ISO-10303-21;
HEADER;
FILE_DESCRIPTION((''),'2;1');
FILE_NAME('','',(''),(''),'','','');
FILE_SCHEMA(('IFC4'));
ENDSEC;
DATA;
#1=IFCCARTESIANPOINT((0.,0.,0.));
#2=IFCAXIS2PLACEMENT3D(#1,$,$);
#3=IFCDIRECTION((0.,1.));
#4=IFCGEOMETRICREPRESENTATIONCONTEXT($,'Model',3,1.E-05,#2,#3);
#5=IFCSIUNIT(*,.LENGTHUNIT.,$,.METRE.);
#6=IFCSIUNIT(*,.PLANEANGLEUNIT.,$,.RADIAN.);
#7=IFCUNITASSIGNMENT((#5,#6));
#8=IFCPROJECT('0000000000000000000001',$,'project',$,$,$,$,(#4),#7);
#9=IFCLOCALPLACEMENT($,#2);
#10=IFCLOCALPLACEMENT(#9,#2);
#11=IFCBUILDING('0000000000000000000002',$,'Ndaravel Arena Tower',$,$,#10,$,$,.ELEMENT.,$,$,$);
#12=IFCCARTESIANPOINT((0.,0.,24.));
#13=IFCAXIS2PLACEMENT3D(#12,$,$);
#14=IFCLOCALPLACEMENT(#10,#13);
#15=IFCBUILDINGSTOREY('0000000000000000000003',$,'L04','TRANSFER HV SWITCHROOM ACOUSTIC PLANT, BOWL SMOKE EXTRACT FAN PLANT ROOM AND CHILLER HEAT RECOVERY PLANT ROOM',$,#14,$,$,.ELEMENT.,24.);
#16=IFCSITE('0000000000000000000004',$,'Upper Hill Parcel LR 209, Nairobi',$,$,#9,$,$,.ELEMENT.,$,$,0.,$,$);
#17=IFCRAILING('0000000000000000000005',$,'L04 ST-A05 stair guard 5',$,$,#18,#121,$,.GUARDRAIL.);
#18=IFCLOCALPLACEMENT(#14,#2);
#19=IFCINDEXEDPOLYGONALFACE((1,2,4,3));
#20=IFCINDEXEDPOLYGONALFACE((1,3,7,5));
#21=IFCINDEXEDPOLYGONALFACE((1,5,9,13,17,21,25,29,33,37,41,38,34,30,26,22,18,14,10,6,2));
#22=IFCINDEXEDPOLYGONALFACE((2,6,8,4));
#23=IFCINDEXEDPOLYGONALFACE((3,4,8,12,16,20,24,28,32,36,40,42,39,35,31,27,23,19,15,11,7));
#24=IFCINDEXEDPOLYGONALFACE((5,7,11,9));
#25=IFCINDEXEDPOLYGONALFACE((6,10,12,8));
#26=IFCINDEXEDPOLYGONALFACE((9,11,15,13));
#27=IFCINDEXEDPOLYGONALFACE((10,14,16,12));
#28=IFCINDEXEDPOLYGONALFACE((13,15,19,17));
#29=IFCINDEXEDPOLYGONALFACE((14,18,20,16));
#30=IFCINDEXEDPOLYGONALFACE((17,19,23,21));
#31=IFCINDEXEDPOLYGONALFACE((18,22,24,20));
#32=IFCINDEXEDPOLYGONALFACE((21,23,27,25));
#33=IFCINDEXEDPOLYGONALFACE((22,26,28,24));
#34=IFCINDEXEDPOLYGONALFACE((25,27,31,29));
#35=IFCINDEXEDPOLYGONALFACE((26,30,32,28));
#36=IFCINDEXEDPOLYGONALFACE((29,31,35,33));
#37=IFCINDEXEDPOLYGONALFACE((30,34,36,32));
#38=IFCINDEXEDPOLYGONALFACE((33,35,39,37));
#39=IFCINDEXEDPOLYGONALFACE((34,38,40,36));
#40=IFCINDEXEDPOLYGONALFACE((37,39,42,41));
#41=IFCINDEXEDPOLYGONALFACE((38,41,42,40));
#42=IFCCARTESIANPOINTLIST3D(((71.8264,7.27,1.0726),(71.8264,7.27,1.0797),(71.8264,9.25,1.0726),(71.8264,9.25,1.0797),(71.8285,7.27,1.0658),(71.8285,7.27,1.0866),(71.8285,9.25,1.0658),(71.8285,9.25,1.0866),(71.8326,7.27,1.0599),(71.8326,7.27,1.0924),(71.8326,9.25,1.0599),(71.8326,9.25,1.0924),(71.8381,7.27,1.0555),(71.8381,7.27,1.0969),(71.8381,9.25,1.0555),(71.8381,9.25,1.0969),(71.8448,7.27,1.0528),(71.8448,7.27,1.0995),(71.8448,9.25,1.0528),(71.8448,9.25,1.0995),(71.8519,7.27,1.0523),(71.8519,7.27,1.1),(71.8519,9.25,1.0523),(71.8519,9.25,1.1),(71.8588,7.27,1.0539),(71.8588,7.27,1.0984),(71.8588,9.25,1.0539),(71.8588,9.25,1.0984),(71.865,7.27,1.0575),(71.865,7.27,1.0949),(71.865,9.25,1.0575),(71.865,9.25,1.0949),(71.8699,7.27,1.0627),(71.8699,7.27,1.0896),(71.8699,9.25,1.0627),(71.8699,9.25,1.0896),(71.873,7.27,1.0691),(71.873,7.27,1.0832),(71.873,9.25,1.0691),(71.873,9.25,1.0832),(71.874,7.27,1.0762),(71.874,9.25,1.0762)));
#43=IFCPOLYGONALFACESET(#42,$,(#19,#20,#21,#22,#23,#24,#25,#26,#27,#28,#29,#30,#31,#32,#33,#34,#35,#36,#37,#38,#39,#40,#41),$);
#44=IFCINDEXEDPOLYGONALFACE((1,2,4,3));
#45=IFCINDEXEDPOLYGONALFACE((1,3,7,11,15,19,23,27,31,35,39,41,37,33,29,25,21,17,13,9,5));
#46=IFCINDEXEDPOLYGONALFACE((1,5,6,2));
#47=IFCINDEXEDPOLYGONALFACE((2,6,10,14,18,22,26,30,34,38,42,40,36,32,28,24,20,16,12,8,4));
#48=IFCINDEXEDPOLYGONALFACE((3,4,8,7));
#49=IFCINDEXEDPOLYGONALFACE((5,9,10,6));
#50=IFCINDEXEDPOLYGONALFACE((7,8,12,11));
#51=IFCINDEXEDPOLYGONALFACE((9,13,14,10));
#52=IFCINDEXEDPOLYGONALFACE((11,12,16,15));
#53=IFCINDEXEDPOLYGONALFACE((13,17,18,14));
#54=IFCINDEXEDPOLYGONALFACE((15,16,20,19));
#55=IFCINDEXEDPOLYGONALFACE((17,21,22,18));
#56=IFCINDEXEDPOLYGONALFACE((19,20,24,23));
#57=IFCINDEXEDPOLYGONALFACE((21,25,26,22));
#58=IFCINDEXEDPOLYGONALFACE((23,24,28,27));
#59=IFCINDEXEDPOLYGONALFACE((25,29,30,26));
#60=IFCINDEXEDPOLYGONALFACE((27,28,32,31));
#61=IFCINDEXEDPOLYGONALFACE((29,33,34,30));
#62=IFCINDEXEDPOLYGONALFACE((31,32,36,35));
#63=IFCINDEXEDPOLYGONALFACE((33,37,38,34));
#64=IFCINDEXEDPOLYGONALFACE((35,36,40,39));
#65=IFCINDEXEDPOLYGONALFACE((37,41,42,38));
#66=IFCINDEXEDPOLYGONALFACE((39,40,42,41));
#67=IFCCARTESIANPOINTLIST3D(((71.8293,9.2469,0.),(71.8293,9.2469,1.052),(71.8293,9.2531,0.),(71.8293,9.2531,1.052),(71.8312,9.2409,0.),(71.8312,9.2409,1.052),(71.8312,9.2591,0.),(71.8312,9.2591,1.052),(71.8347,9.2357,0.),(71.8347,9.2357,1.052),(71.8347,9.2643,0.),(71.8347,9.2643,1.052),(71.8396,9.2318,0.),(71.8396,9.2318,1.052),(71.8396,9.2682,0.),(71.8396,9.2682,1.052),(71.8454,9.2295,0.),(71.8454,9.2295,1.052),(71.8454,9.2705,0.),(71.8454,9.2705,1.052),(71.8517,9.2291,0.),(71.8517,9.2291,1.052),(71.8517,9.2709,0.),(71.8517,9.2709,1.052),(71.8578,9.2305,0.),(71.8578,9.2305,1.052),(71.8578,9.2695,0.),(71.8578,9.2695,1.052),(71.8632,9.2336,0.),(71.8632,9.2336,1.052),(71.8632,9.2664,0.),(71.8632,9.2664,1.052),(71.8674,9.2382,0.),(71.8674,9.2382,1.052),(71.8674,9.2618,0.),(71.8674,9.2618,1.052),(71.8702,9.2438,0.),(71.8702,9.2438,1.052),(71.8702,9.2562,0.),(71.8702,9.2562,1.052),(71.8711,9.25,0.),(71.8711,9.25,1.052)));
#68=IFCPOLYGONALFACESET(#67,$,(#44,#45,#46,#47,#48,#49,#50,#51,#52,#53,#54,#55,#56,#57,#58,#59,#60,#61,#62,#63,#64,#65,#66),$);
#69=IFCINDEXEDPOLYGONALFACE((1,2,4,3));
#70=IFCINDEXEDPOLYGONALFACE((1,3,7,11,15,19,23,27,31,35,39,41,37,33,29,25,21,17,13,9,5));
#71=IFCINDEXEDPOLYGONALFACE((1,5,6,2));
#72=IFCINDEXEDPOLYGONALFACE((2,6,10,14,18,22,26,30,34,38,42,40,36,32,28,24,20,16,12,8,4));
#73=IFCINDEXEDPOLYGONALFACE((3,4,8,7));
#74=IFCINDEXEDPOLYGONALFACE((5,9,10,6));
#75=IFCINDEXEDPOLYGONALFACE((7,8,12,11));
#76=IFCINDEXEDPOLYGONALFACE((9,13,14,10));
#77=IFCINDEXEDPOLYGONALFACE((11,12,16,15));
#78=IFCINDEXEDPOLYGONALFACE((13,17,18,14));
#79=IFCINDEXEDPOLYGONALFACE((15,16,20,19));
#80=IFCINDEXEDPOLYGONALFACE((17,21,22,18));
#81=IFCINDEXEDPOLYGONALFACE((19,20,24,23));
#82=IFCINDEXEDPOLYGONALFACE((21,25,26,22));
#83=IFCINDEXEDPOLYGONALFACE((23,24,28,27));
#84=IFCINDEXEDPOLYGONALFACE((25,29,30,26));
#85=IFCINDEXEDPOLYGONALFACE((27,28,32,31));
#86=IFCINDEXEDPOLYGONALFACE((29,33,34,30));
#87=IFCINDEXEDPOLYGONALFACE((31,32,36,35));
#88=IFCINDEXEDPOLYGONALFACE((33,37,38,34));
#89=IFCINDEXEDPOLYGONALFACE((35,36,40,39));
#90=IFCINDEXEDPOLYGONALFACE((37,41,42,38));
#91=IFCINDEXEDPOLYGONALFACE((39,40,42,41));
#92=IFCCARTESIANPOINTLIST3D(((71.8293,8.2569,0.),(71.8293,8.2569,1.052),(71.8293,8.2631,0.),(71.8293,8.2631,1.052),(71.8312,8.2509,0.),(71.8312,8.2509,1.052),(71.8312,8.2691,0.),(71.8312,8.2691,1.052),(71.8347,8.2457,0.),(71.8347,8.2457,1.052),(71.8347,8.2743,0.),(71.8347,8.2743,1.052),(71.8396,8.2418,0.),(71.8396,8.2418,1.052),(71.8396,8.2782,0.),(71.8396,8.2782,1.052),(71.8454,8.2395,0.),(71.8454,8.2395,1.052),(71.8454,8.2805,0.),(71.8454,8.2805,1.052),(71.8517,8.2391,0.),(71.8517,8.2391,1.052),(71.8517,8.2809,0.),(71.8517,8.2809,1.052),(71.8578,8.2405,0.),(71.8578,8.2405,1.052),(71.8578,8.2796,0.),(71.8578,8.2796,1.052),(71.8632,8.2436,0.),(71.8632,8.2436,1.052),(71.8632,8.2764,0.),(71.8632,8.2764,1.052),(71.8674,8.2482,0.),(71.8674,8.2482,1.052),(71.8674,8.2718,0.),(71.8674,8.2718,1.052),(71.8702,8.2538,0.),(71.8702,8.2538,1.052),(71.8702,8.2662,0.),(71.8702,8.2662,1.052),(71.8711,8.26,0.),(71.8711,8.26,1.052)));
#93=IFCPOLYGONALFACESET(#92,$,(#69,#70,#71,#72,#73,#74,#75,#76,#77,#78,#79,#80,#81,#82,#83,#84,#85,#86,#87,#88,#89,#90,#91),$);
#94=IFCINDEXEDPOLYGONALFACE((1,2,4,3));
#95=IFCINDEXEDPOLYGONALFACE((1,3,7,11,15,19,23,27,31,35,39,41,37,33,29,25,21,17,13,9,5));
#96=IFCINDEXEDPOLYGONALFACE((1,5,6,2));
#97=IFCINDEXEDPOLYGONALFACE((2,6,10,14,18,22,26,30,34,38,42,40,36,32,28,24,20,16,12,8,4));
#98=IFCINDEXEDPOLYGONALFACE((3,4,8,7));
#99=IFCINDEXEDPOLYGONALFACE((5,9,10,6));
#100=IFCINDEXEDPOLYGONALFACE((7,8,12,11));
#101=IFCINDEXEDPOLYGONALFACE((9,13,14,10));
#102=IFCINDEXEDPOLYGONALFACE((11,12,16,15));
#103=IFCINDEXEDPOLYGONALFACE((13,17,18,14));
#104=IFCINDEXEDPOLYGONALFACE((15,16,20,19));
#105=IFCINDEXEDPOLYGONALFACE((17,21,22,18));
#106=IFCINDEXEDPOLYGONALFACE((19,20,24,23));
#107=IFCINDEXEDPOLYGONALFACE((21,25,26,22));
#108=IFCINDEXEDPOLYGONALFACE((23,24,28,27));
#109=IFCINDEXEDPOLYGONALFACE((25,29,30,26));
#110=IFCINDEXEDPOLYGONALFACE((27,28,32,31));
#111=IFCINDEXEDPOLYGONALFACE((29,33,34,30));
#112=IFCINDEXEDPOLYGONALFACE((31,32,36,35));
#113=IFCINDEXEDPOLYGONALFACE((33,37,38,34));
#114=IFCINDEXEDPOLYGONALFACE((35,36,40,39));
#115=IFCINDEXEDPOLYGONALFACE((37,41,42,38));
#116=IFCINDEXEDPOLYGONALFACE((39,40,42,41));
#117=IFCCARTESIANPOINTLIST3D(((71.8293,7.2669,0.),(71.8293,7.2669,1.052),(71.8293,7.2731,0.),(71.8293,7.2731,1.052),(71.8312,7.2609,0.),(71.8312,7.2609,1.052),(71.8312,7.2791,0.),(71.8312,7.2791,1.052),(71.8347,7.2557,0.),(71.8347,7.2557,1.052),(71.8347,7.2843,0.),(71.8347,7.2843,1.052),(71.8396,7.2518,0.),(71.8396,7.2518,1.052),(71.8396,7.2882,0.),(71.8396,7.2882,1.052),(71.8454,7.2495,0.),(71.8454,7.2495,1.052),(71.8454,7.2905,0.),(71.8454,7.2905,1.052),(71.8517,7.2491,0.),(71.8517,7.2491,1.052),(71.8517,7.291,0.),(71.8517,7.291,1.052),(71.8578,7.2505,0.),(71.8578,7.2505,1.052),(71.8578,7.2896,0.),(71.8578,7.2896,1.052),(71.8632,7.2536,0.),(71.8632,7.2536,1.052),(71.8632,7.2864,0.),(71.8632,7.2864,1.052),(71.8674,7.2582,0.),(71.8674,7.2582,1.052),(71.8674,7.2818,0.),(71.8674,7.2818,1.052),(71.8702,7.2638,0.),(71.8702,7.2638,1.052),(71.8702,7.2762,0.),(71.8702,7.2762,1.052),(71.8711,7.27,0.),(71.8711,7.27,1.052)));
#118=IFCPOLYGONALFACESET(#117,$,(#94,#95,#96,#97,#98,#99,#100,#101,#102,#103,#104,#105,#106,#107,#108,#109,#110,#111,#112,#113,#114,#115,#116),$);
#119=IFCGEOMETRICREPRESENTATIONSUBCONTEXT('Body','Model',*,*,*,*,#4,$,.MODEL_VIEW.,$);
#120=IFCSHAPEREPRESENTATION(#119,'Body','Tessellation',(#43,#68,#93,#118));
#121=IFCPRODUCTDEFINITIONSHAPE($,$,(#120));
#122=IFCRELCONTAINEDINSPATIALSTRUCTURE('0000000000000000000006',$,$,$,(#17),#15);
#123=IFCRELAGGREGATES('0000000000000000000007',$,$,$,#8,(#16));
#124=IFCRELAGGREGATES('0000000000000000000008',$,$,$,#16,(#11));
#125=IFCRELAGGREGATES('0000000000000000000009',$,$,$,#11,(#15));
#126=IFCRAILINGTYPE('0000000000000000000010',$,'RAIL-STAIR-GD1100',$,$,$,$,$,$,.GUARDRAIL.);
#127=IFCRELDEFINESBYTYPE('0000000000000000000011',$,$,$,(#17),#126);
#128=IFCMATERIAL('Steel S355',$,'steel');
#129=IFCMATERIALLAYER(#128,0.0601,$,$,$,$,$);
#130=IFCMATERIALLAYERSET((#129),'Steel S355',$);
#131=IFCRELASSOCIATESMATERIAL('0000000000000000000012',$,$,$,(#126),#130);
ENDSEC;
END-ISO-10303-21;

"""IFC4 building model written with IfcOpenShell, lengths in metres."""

from ifc_helpers import new_model, si_unit, direction, frame, origin, origin_2d, place, context, subcontext, project, spatial, circle, extrude, material, layer, layer_set, type_object, element, save


model = new_model("IFC4")

# Units and contexts
model_context = context("Model", 3, precision=1e-05, world=origin(), true_north=direction((0.0, 1.0)))
body_context = subcontext(model_context, "Body", "Model", "MODEL_VIEW")
ifc_project = project(units=[si_unit("LENGTHUNIT", "METRE"), si_unit("PLANEANGLEUNIT", "RADIAN")], contexts=[model_context])

# Site, building, storey
site_placement = place(None, origin())
site = spatial("IfcSite", under=ifc_project, at=site_placement, Name="Upper Hill Parcel LR 209, Nairobi", CompositionType="ELEMENT", RefElevation=0.0)
building_placement = place(site_placement, origin())
building = spatial("IfcBuilding", under=site, at=building_placement, Name="Ndaravel Arena Tower", CompositionType="ELEMENT")
storey_placement = place(building_placement, frame((0.0, 0.0, 24.0)))
storey = spatial("IfcBuildingStorey", under=building, at=storey_placement, Name="L04", Description="TRANSFER HV SWITCHROOM ACOUSTIC PLANT, BOWL SMOKE EXTRACT FAN PLANT ROOM AND CHILLER HEAT RECOVERY PLANT ROOM", CompositionType="ELEMENT", Elevation=24.0)

# Railing
ifc_material_1 = material(Name="Steel S355", Category="steel")
ifc_layer_1 = layer(ifc_material_1, 0.0601)
ifc_layer_set_1 = layer_set([ifc_layer_1], Name="Steel S355")
railing_type = type_object("IfcRailingType", Name="RAIL-STAIR-GD1100", PredefinedType="GUARDRAIL", material=ifc_layer_set_1)
for number, where, name in (
    (1, (71.8501, 9.25, 0.0), "L04 ST-A05 stair guard 5"),
):
    element("IfcRailing", number, at=place(storey_placement, frame(where)), inside=storey, type_object=railing_type, Name=name, PredefinedType="GUARDRAIL", context=body_context, shape_type="SweptSolid", body=[
        extrude(circle(Radius=0.0239, at=origin_2d()), frame((0.0, 0.0, 1.0762), z_axis=(0.0, -1.0, 0.0), x_axis=(1.0, 0.0, 0.0)), (0.0, 0.0, 1.0), 1.98),
        extrude(circle(Radius=0.021, at=origin_2d()), origin(), (0.0, 0.0, 1.0), 1.052),
        extrude(circle(Radius=0.021, at=origin_2d()), frame((0.0, -0.99, 0.0)), (0.0, 0.0, 1.0), 1.052),
        extrude(circle(Radius=0.021, at=origin_2d()), frame((0.0, -1.98, 0.0)), (0.0, 0.0, 1.0), 1.052),
    ])

save(model, "model.ifc")
